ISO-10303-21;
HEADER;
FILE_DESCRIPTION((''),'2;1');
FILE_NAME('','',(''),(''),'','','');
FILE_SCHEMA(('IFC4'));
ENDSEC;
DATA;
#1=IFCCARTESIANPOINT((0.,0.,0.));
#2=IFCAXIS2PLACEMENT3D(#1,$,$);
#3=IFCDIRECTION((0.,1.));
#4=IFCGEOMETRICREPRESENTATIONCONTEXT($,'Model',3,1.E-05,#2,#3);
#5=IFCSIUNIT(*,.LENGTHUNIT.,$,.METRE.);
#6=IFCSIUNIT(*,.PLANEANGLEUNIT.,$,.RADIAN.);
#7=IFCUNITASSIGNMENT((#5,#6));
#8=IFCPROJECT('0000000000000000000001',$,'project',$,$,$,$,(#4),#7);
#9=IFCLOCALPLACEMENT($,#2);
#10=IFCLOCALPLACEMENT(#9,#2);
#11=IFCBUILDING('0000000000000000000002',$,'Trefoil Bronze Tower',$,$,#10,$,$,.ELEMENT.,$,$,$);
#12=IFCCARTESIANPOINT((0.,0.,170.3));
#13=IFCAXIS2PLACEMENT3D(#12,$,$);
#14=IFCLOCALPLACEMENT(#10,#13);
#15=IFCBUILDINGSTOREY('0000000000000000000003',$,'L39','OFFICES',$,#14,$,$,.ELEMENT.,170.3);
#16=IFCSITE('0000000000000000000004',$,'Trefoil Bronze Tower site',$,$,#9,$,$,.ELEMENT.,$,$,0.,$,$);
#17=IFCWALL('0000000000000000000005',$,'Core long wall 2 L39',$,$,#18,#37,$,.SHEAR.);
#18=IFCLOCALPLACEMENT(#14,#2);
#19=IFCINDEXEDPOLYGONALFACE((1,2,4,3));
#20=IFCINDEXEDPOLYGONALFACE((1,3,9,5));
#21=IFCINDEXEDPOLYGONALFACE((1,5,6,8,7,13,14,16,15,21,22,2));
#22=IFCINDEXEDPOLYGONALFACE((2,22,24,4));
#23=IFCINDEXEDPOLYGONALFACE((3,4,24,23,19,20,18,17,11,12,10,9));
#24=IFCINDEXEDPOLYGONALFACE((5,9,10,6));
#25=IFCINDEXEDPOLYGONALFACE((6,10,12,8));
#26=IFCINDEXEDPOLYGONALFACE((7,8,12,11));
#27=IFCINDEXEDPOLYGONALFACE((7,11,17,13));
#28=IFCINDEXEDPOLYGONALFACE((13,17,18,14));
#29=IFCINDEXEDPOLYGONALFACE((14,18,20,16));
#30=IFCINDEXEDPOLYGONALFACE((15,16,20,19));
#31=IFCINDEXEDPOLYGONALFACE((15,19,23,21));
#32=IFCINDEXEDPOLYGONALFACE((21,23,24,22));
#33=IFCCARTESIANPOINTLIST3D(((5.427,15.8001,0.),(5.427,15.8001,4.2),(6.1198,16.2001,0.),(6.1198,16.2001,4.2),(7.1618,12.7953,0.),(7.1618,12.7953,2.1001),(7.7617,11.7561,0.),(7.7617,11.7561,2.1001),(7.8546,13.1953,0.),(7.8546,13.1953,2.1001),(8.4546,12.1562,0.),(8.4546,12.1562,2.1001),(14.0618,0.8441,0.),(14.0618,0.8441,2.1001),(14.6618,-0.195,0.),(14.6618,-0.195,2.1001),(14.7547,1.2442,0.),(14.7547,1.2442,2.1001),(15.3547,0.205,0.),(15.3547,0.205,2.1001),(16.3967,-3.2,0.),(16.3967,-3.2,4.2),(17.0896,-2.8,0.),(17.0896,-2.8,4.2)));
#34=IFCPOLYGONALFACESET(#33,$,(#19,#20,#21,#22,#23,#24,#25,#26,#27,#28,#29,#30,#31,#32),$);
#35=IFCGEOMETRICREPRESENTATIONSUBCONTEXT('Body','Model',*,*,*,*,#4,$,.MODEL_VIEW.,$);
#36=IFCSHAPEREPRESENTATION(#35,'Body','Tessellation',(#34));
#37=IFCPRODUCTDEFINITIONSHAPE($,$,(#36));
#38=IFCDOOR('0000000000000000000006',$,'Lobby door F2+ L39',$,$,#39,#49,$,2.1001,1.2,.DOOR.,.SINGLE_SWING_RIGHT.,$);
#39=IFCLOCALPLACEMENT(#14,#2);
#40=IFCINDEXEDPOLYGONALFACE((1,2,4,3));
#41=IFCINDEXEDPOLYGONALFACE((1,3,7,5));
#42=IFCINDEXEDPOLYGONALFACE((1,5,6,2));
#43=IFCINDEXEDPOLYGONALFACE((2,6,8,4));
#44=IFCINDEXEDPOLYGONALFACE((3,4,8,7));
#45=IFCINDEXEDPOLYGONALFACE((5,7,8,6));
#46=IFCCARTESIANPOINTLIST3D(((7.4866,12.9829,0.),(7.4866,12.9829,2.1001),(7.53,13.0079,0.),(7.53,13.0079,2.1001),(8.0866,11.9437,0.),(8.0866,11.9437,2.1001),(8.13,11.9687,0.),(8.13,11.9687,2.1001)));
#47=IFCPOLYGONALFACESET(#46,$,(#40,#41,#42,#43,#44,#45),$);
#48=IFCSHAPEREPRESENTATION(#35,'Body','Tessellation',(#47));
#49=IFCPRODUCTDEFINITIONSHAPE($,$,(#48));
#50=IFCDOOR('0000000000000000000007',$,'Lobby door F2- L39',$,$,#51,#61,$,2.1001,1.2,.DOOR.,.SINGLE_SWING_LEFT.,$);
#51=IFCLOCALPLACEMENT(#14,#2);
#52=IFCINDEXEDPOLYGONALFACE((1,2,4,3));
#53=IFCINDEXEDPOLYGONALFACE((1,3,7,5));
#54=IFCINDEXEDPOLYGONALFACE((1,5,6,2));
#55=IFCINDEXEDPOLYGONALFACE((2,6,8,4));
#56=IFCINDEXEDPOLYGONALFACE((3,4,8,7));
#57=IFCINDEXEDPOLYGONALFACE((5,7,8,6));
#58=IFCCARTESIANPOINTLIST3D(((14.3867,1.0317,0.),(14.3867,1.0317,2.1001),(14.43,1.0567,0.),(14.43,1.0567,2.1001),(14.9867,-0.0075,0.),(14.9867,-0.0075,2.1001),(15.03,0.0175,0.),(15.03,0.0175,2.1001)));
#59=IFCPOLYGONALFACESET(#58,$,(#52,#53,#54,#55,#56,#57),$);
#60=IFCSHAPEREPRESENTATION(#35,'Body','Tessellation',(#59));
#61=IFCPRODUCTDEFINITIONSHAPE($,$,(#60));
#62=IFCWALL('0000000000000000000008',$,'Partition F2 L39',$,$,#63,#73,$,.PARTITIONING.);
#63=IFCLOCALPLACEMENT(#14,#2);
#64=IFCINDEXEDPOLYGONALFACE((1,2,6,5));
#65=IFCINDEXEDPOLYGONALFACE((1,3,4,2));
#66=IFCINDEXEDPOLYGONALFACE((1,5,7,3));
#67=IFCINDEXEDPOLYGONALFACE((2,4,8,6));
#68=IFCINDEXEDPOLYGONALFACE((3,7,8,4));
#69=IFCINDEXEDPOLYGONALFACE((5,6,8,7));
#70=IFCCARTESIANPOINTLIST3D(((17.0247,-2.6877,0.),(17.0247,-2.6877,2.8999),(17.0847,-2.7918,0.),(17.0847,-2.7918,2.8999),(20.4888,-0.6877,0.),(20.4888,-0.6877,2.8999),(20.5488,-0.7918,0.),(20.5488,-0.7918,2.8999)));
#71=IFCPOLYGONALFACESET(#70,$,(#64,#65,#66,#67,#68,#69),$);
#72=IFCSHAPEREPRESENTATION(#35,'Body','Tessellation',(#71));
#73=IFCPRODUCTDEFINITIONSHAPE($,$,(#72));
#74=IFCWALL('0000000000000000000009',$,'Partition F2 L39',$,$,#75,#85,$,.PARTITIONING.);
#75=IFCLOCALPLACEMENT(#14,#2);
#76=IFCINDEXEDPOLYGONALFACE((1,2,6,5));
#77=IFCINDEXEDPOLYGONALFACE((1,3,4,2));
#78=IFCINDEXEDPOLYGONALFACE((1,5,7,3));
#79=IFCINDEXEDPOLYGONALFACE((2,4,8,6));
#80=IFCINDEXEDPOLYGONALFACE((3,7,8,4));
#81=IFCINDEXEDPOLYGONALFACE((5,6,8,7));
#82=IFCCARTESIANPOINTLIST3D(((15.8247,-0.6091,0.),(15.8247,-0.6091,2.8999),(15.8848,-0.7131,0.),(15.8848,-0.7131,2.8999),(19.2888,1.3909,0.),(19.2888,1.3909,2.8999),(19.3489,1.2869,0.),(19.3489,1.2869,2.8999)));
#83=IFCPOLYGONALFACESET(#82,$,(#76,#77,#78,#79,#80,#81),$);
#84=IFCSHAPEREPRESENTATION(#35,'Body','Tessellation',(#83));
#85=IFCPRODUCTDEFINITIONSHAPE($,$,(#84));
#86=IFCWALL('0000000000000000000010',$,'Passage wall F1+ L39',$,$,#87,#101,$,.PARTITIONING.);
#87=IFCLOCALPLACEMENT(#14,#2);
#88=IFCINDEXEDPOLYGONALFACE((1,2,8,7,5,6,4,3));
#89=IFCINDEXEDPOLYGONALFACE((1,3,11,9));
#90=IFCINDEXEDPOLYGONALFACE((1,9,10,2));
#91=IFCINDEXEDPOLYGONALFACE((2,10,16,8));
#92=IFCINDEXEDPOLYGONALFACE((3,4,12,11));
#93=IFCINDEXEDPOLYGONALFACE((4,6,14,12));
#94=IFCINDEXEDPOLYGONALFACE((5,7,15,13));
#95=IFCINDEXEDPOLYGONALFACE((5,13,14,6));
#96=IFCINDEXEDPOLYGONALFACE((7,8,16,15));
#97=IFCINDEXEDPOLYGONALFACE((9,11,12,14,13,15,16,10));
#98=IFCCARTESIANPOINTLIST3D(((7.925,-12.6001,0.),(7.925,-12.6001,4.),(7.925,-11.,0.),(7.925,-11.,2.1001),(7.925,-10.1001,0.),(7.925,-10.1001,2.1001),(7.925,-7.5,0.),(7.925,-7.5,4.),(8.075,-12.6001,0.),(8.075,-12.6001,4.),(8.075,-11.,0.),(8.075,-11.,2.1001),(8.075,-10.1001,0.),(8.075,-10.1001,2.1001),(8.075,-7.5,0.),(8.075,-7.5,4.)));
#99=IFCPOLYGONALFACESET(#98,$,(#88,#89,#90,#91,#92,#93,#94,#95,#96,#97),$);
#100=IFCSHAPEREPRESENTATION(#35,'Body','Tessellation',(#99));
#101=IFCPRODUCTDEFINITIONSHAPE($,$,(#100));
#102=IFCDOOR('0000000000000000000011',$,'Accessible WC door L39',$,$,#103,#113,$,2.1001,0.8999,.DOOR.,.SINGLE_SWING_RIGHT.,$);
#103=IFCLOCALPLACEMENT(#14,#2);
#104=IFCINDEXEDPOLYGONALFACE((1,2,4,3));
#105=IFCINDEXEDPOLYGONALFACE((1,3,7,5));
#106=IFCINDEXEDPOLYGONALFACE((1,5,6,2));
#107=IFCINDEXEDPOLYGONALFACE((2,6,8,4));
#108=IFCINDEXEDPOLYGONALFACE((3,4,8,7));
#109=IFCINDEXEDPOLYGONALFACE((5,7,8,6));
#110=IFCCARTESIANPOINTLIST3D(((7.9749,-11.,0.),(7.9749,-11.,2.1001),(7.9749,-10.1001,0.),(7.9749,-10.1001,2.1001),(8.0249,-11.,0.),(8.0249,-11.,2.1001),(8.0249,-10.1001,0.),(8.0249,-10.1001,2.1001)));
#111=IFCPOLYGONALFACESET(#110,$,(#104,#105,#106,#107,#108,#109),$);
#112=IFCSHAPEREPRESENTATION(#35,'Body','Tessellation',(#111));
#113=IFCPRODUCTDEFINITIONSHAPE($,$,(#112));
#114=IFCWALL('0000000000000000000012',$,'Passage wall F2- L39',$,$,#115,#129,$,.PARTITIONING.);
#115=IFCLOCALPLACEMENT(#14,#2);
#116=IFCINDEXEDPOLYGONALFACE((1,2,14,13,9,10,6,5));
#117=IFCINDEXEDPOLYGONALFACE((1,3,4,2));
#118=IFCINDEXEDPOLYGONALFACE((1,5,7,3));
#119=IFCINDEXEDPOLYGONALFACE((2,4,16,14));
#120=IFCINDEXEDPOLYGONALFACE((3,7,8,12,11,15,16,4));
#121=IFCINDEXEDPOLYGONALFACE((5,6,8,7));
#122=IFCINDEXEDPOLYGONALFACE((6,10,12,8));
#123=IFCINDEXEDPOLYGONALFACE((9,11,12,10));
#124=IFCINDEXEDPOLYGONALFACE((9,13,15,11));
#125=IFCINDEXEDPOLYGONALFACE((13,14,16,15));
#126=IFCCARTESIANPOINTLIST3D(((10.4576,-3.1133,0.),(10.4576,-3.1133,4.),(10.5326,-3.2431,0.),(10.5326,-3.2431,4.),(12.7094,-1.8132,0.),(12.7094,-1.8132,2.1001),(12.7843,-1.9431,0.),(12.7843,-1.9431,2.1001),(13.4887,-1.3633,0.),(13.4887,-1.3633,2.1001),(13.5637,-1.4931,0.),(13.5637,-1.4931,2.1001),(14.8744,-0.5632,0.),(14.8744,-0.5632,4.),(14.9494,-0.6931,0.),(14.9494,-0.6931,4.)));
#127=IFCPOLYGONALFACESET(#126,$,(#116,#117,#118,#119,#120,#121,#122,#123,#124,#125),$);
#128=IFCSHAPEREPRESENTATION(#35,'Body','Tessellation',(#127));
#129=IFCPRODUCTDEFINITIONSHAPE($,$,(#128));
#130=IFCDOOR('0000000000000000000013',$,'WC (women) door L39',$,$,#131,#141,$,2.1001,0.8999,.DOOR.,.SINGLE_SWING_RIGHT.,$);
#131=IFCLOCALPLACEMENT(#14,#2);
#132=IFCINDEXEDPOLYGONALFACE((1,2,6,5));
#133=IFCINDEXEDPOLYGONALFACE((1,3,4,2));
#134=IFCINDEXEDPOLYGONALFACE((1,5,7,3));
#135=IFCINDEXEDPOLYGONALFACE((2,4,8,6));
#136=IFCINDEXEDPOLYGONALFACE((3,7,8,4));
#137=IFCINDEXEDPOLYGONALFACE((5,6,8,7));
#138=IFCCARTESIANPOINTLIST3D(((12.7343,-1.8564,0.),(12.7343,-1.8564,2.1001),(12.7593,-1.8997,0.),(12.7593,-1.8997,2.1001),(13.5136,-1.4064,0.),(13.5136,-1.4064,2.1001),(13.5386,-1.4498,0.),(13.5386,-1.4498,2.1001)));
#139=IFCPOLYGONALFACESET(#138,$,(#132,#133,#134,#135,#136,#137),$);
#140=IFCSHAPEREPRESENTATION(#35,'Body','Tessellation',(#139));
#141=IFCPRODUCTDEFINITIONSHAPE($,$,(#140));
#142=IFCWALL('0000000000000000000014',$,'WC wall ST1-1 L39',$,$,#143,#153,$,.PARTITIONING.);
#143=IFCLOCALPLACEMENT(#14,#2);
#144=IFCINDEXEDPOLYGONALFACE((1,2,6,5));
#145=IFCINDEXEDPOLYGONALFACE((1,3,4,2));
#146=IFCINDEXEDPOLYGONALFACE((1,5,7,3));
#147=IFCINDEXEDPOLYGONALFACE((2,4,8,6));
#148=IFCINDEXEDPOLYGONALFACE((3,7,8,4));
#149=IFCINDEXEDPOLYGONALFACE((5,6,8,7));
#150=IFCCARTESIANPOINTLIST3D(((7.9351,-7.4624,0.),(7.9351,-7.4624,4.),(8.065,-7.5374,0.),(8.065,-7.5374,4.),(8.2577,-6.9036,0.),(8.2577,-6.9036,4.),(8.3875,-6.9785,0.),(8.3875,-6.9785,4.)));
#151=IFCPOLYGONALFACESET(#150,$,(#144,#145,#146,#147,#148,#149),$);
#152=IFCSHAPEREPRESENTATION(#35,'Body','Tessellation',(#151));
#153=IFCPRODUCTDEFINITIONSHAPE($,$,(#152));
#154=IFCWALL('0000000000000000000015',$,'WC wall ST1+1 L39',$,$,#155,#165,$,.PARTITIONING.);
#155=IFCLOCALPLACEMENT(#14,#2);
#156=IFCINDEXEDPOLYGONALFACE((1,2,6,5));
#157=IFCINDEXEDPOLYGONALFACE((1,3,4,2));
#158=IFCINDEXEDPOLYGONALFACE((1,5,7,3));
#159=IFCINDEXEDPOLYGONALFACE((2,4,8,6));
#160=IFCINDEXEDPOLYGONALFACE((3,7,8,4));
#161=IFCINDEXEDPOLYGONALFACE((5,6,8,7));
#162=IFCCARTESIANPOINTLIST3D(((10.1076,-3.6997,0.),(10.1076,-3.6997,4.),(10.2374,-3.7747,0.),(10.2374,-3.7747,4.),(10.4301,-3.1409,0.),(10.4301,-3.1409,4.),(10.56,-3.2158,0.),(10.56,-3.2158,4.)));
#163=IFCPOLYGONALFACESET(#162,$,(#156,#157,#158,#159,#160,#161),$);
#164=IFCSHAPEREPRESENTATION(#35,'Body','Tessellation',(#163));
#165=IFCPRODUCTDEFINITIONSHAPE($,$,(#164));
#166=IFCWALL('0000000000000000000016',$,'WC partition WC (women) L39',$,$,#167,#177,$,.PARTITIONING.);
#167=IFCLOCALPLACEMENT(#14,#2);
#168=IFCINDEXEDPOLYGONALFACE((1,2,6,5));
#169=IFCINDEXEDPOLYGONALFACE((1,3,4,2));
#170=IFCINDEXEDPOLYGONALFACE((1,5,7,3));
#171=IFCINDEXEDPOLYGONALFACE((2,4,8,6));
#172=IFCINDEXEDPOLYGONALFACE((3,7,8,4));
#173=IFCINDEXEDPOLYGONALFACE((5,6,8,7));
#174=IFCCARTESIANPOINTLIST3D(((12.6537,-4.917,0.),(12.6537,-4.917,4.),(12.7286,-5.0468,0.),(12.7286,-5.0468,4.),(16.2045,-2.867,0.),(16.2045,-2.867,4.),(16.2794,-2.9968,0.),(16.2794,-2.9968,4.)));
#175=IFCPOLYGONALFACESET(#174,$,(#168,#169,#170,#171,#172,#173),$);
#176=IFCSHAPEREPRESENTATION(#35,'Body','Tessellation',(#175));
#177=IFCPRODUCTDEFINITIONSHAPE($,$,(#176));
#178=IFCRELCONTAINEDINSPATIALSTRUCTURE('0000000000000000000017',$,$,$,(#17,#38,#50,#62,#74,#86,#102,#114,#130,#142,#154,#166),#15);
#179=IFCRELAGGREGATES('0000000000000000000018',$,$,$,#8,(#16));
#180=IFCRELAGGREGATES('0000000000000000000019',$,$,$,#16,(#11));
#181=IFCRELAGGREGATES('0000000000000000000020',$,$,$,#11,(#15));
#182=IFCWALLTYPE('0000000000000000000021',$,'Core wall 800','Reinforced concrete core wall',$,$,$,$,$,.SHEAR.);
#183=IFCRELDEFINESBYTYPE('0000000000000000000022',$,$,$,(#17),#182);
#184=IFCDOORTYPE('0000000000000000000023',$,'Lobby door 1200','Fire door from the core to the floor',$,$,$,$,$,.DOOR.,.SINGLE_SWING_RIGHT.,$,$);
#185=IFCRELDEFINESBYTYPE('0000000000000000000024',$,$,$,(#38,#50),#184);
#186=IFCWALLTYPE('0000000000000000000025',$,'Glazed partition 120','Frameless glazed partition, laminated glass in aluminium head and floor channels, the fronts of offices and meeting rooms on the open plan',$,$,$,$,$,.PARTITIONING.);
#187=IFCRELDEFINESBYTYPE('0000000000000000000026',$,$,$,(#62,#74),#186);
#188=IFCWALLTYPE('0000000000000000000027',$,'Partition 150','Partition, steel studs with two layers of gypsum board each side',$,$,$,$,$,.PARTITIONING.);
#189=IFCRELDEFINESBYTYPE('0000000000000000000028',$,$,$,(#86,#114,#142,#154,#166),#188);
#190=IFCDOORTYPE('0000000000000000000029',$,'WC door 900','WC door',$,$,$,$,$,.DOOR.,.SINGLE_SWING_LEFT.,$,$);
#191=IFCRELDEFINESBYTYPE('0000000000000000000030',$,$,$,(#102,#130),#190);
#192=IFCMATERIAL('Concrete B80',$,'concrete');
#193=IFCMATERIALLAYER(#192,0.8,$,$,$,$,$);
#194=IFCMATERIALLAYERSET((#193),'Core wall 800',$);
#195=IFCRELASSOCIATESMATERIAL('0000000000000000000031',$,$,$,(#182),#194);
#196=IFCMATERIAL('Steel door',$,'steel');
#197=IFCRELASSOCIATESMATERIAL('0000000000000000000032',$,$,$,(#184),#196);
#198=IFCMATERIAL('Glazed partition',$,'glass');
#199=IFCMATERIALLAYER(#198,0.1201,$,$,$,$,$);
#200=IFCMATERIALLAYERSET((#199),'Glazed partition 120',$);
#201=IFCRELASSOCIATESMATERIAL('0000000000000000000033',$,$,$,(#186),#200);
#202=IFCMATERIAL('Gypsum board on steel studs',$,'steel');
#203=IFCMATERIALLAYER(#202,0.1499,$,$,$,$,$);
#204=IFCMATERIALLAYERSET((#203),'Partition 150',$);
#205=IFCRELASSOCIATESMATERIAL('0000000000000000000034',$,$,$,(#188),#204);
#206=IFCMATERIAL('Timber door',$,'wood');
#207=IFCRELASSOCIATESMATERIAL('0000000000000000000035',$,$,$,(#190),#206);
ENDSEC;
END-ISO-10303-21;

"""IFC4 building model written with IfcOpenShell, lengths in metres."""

from ifc_helpers import new_model, si_unit, direction, frame, frame_2d, origin, place, context, subcontext, project, spatial, rectangle, extrude, material, layer, layer_set, type_object, element, fill, save


model = new_model("IFC4")

# Units and contexts
model_context = context("Model", 3, precision=1e-05, world=origin(), true_north=direction((0.0, 1.0)))
body_context = subcontext(model_context, "Body", "Model", "MODEL_VIEW")
ifc_project = project(units=[si_unit("LENGTHUNIT", "METRE"), si_unit("PLANEANGLEUNIT", "RADIAN")], contexts=[model_context])

# Site, building, storey
site_placement = place(None, origin())
site = spatial("IfcSite", under=ifc_project, at=site_placement, Name="Trefoil Bronze Tower site", CompositionType="ELEMENT", RefElevation=0.0)
building_placement = place(site_placement, origin())
building = spatial("IfcBuilding", under=site, at=building_placement, Name="Trefoil Bronze Tower", CompositionType="ELEMENT")
storey_placement = place(building_placement, frame((0.0, 0.0, 170.3)))
storey = spatial("IfcBuildingStorey", under=building, at=storey_placement, Name="L39", Description="OFFICES", CompositionType="ELEMENT", Elevation=170.3)

# Shared definitions
ifc_material_1 = material(Name="Concrete B80", Category="concrete")
ifc_layer_1 = layer(ifc_material_1, 0.8)
ifc_layer_set_1 = layer_set([ifc_layer_1], Name="Core wall 800")
wall_type_1 = type_object("IfcWallType", Name="Core wall 800", Description="Reinforced concrete core wall", PredefinedType="SHEAR", material=ifc_layer_set_1)

# Wall, openings, doors
wall_1_placement = place(storey_placement, frame((16.7432, -3.0, 0.0), z_axis=(0.0, 0.0, 1.0), x_axis=(-0.500002, 0.866024, 0.0)))
wall_1 = element("IfcWall", 1, at=wall_1_placement, inside=storey, type_object=wall_type_1, Name="Core long wall 2 L39", PredefinedType="SHEAR", context=body_context, shape_type="SweptSolid", body=[
    extrude(rectangle(XDim=21.9395, YDim=0.8, at=frame_2d((10.9697, 0.0))), origin(), (0.0, 0.0, 1.0), 4.2),
])
opening_1_placement = place(wall_1_placement, frame((17.2698, 0.0, 0.0)))
opening_1 = element("IfcOpeningElement", 2, at=opening_1_placement, cuts=wall_1, PredefinedType="OPENING", context=body_context, shape_type="SweptSolid", body=[
    extrude(rectangle(XDim=1.2, YDim=2.1001, at=frame_2d((0.6001, 1.05))), frame((0.0, 0.4099, 0.0), z_axis=(0.0, -1.0, 0.0), x_axis=(1.0, 0.0, 0.0)), (0.0, 0.0, 1.0), 0.8201),
])
opening_2_placement = place(wall_1_placement, frame((3.4697, 0.0, 0.0)))
opening_2 = element("IfcOpeningElement", 3, at=opening_2_placement, cuts=wall_1, PredefinedType="OPENING", context=body_context, shape_type="SweptSolid", body=[
    extrude(rectangle(XDim=1.2, YDim=2.1001, at=frame_2d((0.6001, 1.05))), frame((0.0, 0.4099, 0.0), z_axis=(0.0, -1.0, 0.0), x_axis=(1.0, 0.0, 0.0)), (0.0, 0.0, 1.0), 0.8201),
])
ifc_material_2 = material(Name="Steel door", Category="steel")
door_type_1 = type_object("IfcDoorType", Name="Lobby door 1200", Description="Fire door from the core to the floor", OperationType="SINGLE_SWING_RIGHT", PredefinedType="DOOR", material=ifc_material_2)
door_1_placement = place(opening_1_placement, origin())
door_1 = element("IfcDoor", 4, at=door_1_placement, inside=storey, type_object=door_type_1, Name="Lobby door F2+ L39", OperationType="SINGLE_SWING_RIGHT", OverallHeight=2.1001, OverallWidth=1.2, PredefinedType="DOOR", context=body_context, shape_type="SweptSolid", body=[
    extrude(rectangle(XDim=1.2, YDim=2.1001, at=frame_2d((0.6001, 1.05))), frame((0.0, 0.0249, 0.0), z_axis=(0.0, -1.0, 0.0), x_axis=(1.0, 0.0, 0.0)), (0.0, 0.0, 1.0), 0.05),
])
fill(opening_1, door_1)
door_2_placement = place(opening_2_placement, origin())
door_2 = element("IfcDoor", 5, at=door_2_placement, inside=storey, type_object=door_type_1, Name="Lobby door F2- L39", OperationType="SINGLE_SWING_LEFT", OverallHeight=2.1001, OverallWidth=1.2, PredefinedType="DOOR", context=body_context, shape_type="SweptSolid", body=[
    extrude(rectangle(XDim=1.2, YDim=2.1001, at=frame_2d((0.6001, 1.05))), frame((0.0, 0.0249, 0.0), z_axis=(0.0, -1.0, 0.0), x_axis=(1.0, 0.0, 0.0)), (0.0, 0.0, 1.0), 0.05),
])
fill(opening_2, door_2)

# Walls
ifc_material_3 = material(Name="Glazed partition", Category="glass")
ifc_layer_2 = layer(ifc_material_3, 0.1201)
ifc_layer_set_2 = layer_set([ifc_layer_2], Name="Glazed partition 120")
wall_type_2 = type_object("IfcWallType", Name="Glazed partition 120", Description="Frameless glazed partition, laminated glass in aluminium head and floor channels, the fronts of offices and meeting rooms on the open plan", PredefinedType="PARTITIONING", material=ifc_layer_set_2)
for number, where, z_axis, x_axis, name in (
    (6, (17.0547, -2.7397, 0.0), (0.0, 0.0, 1.0), (0.866026, 0.499999, 0.0), "Partition F2 L39"),
    (7, (15.8547, -0.6611, 0.0), (0.0, 0.0, 1.0), (0.866026, 0.499999, 0.0), "Partition F2 L39"),
):
    element("IfcWall", number, at=place(storey_placement, frame(where, z_axis=z_axis, x_axis=x_axis)), inside=storey, type_object=wall_type_2, Name=name, PredefinedType="PARTITIONING", context=body_context, shape_type="SweptSolid", body=[
        extrude(rectangle(XDim=4.0, YDim=0.1201, at=frame_2d((2.0, 0.0))), origin(), (0.0, 0.0, 1.0), 2.8999),
    ])

# Walls, openings, doors
ifc_material_4 = material(Name="Gypsum board on steel studs", Category="steel")
ifc_layer_3 = layer(ifc_material_4, 0.1499)
ifc_layer_set_3 = layer_set([ifc_layer_3], Name="Partition 150")
wall_type_3 = type_object("IfcWallType", Name="Partition 150", Description="Partition, steel studs with two layers of gypsum board each side", PredefinedType="PARTITIONING", material=ifc_layer_set_3)
wall_2_placement = place(storey_placement, frame((8.0, -7.5, 0.0), z_axis=(0.0, 0.0, 1.0), x_axis=(0.0, -1.0, 0.0)))
wall_2 = element("IfcWall", 8, at=wall_2_placement, inside=storey, type_object=wall_type_3, Name="Passage wall F1+ L39", PredefinedType="PARTITIONING", context=body_context, shape_type="SweptSolid", body=[
    extrude(rectangle(XDim=5.1001, YDim=0.1499, at=frame_2d((2.55, 0.0))), origin(), (0.0, 0.0, 1.0), 4.0),
])
opening_3_placement = place(wall_2_placement, frame((2.6001, 0.0, 0.0)))
opening_3 = element("IfcOpeningElement", 9, at=opening_3_placement, cuts=wall_2, PredefinedType="OPENING", context=body_context, shape_type="SweptSolid", body=[
    extrude(rectangle(XDim=0.8999, YDim=2.1001, at=frame_2d((0.45, 1.05))), frame((0.0, 0.085, 0.0), z_axis=(0.0, -1.0, 0.0), x_axis=(1.0, 0.0, 0.0)), (0.0, 0.0, 1.0), 0.1699),
])
ifc_material_5 = material(Name="Timber door", Category="wood")
door_type_2 = type_object("IfcDoorType", Name="WC door 900", Description="WC door", OperationType="SINGLE_SWING_LEFT", PredefinedType="DOOR", material=ifc_material_5)
door_3_placement = place(opening_3_placement, origin())
door_3 = element("IfcDoor", 10, at=door_3_placement, inside=storey, type_object=door_type_2, Name="Accessible WC door L39", OperationType="SINGLE_SWING_RIGHT", OverallHeight=2.1001, OverallWidth=0.8999, PredefinedType="DOOR", context=body_context, shape_type="SweptSolid", body=[
    extrude(rectangle(XDim=0.8999, YDim=2.1001, at=frame_2d((0.45, 1.05))), frame((0.0, 0.0249, 0.0), z_axis=(0.0, -1.0, 0.0), x_axis=(1.0, 0.0, 0.0)), (0.0, 0.0, 1.0), 0.05),
])
fill(opening_3, door_3)
wall_3_placement = place(storey_placement, frame((10.4951, -3.1782, 0.0), z_axis=(0.0, 0.0, 1.0), x_axis=(0.866022, 0.500006, 0.0)))
wall_3 = element("IfcWall", 11, at=wall_3_placement, inside=storey, type_object=wall_type_3, Name="Passage wall F2- L39", PredefinedType="PARTITIONING", context=body_context, shape_type="SweptSolid", body=[
    extrude(rectangle(XDim=5.1001, YDim=0.1499, at=frame_2d((2.55, 0.0))), origin(), (0.0, 0.0, 1.0), 4.0),
])
opening_4_placement = place(wall_3_placement, frame((2.6001, 0.0, 0.0)))
opening_4 = element("IfcOpeningElement", 12, at=opening_4_placement, cuts=wall_3, PredefinedType="OPENING", context=body_context, shape_type="SweptSolid", body=[
    extrude(rectangle(XDim=0.8999, YDim=2.1001, at=frame_2d((0.45, 1.05))), frame((0.0, 0.085, 0.0), z_axis=(0.0, -1.0, 0.0), x_axis=(1.0, 0.0, 0.0)), (0.0, 0.0, 1.0), 0.1699),
])
door_4_placement = place(opening_4_placement, frame((0.8999, 0.0, 0.0), z_axis=(0.0, 0.0, 1.0), x_axis=(-1.0, 0.0, 0.0)))
door_4 = element("IfcDoor", 13, at=door_4_placement, inside=storey, type_object=door_type_2, Name="WC (women) door L39", OperationType="SINGLE_SWING_RIGHT", OverallHeight=2.1001, OverallWidth=0.8999, PredefinedType="DOOR", context=body_context, shape_type="SweptSolid", body=[
    extrude(rectangle(XDim=0.8999, YDim=2.1001, at=frame_2d((0.45, 1.05))), frame((0.0, 0.0249, 0.0), z_axis=(0.0, -1.0, 0.0), x_axis=(1.0, 0.0, 0.0)), (0.0, 0.0, 1.0), 0.05),
])
fill(opening_4, door_4)

# Walls
for number, where, z_axis, x_axis, name in (
    (14, (8.0, -7.5, 0.0), (0.0, 0.0, 1.0), (0.499843, 0.866116, 0.0), "WC wall ST1-1 L39"),
    (15, (10.4951, -3.1782, 0.0), (0.0, 0.0, 1.0), (-0.499843, -0.866116, 0.0), "WC wall ST1+1 L39"),
):
    element("IfcWall", number, at=place(storey_placement, frame(where, z_axis=z_axis, x_axis=x_axis)), inside=storey, type_object=wall_type_3, Name=name, PredefinedType="PARTITIONING", context=body_context, shape_type="SweptSolid", body=[
        extrude(rectangle(XDim=0.6453, YDim=0.1499, at=frame_2d((0.3228, 0.0))), origin(), (0.0, 0.0, 1.0), 4.0),
    ])
wall_4_placement = place(storey_placement, frame((12.6912, -4.9819, 0.0), z_axis=(0.0, 0.0, 1.0), x_axis=(0.866025, 0.500001, 0.0)))
element("IfcWall", 16, at=wall_4_placement, inside=storey, type_object=wall_type_3, Name="WC partition WC (women) L39", PredefinedType="PARTITIONING", context=body_context, shape_type="SweptSolid", body=[
    extrude(rectangle(XDim=4.1001, YDim=0.1499, at=frame_2d((2.05, 0.0))), origin(), (0.0, 0.0, 1.0), 4.0),
])

save(model, "model.ifc")
